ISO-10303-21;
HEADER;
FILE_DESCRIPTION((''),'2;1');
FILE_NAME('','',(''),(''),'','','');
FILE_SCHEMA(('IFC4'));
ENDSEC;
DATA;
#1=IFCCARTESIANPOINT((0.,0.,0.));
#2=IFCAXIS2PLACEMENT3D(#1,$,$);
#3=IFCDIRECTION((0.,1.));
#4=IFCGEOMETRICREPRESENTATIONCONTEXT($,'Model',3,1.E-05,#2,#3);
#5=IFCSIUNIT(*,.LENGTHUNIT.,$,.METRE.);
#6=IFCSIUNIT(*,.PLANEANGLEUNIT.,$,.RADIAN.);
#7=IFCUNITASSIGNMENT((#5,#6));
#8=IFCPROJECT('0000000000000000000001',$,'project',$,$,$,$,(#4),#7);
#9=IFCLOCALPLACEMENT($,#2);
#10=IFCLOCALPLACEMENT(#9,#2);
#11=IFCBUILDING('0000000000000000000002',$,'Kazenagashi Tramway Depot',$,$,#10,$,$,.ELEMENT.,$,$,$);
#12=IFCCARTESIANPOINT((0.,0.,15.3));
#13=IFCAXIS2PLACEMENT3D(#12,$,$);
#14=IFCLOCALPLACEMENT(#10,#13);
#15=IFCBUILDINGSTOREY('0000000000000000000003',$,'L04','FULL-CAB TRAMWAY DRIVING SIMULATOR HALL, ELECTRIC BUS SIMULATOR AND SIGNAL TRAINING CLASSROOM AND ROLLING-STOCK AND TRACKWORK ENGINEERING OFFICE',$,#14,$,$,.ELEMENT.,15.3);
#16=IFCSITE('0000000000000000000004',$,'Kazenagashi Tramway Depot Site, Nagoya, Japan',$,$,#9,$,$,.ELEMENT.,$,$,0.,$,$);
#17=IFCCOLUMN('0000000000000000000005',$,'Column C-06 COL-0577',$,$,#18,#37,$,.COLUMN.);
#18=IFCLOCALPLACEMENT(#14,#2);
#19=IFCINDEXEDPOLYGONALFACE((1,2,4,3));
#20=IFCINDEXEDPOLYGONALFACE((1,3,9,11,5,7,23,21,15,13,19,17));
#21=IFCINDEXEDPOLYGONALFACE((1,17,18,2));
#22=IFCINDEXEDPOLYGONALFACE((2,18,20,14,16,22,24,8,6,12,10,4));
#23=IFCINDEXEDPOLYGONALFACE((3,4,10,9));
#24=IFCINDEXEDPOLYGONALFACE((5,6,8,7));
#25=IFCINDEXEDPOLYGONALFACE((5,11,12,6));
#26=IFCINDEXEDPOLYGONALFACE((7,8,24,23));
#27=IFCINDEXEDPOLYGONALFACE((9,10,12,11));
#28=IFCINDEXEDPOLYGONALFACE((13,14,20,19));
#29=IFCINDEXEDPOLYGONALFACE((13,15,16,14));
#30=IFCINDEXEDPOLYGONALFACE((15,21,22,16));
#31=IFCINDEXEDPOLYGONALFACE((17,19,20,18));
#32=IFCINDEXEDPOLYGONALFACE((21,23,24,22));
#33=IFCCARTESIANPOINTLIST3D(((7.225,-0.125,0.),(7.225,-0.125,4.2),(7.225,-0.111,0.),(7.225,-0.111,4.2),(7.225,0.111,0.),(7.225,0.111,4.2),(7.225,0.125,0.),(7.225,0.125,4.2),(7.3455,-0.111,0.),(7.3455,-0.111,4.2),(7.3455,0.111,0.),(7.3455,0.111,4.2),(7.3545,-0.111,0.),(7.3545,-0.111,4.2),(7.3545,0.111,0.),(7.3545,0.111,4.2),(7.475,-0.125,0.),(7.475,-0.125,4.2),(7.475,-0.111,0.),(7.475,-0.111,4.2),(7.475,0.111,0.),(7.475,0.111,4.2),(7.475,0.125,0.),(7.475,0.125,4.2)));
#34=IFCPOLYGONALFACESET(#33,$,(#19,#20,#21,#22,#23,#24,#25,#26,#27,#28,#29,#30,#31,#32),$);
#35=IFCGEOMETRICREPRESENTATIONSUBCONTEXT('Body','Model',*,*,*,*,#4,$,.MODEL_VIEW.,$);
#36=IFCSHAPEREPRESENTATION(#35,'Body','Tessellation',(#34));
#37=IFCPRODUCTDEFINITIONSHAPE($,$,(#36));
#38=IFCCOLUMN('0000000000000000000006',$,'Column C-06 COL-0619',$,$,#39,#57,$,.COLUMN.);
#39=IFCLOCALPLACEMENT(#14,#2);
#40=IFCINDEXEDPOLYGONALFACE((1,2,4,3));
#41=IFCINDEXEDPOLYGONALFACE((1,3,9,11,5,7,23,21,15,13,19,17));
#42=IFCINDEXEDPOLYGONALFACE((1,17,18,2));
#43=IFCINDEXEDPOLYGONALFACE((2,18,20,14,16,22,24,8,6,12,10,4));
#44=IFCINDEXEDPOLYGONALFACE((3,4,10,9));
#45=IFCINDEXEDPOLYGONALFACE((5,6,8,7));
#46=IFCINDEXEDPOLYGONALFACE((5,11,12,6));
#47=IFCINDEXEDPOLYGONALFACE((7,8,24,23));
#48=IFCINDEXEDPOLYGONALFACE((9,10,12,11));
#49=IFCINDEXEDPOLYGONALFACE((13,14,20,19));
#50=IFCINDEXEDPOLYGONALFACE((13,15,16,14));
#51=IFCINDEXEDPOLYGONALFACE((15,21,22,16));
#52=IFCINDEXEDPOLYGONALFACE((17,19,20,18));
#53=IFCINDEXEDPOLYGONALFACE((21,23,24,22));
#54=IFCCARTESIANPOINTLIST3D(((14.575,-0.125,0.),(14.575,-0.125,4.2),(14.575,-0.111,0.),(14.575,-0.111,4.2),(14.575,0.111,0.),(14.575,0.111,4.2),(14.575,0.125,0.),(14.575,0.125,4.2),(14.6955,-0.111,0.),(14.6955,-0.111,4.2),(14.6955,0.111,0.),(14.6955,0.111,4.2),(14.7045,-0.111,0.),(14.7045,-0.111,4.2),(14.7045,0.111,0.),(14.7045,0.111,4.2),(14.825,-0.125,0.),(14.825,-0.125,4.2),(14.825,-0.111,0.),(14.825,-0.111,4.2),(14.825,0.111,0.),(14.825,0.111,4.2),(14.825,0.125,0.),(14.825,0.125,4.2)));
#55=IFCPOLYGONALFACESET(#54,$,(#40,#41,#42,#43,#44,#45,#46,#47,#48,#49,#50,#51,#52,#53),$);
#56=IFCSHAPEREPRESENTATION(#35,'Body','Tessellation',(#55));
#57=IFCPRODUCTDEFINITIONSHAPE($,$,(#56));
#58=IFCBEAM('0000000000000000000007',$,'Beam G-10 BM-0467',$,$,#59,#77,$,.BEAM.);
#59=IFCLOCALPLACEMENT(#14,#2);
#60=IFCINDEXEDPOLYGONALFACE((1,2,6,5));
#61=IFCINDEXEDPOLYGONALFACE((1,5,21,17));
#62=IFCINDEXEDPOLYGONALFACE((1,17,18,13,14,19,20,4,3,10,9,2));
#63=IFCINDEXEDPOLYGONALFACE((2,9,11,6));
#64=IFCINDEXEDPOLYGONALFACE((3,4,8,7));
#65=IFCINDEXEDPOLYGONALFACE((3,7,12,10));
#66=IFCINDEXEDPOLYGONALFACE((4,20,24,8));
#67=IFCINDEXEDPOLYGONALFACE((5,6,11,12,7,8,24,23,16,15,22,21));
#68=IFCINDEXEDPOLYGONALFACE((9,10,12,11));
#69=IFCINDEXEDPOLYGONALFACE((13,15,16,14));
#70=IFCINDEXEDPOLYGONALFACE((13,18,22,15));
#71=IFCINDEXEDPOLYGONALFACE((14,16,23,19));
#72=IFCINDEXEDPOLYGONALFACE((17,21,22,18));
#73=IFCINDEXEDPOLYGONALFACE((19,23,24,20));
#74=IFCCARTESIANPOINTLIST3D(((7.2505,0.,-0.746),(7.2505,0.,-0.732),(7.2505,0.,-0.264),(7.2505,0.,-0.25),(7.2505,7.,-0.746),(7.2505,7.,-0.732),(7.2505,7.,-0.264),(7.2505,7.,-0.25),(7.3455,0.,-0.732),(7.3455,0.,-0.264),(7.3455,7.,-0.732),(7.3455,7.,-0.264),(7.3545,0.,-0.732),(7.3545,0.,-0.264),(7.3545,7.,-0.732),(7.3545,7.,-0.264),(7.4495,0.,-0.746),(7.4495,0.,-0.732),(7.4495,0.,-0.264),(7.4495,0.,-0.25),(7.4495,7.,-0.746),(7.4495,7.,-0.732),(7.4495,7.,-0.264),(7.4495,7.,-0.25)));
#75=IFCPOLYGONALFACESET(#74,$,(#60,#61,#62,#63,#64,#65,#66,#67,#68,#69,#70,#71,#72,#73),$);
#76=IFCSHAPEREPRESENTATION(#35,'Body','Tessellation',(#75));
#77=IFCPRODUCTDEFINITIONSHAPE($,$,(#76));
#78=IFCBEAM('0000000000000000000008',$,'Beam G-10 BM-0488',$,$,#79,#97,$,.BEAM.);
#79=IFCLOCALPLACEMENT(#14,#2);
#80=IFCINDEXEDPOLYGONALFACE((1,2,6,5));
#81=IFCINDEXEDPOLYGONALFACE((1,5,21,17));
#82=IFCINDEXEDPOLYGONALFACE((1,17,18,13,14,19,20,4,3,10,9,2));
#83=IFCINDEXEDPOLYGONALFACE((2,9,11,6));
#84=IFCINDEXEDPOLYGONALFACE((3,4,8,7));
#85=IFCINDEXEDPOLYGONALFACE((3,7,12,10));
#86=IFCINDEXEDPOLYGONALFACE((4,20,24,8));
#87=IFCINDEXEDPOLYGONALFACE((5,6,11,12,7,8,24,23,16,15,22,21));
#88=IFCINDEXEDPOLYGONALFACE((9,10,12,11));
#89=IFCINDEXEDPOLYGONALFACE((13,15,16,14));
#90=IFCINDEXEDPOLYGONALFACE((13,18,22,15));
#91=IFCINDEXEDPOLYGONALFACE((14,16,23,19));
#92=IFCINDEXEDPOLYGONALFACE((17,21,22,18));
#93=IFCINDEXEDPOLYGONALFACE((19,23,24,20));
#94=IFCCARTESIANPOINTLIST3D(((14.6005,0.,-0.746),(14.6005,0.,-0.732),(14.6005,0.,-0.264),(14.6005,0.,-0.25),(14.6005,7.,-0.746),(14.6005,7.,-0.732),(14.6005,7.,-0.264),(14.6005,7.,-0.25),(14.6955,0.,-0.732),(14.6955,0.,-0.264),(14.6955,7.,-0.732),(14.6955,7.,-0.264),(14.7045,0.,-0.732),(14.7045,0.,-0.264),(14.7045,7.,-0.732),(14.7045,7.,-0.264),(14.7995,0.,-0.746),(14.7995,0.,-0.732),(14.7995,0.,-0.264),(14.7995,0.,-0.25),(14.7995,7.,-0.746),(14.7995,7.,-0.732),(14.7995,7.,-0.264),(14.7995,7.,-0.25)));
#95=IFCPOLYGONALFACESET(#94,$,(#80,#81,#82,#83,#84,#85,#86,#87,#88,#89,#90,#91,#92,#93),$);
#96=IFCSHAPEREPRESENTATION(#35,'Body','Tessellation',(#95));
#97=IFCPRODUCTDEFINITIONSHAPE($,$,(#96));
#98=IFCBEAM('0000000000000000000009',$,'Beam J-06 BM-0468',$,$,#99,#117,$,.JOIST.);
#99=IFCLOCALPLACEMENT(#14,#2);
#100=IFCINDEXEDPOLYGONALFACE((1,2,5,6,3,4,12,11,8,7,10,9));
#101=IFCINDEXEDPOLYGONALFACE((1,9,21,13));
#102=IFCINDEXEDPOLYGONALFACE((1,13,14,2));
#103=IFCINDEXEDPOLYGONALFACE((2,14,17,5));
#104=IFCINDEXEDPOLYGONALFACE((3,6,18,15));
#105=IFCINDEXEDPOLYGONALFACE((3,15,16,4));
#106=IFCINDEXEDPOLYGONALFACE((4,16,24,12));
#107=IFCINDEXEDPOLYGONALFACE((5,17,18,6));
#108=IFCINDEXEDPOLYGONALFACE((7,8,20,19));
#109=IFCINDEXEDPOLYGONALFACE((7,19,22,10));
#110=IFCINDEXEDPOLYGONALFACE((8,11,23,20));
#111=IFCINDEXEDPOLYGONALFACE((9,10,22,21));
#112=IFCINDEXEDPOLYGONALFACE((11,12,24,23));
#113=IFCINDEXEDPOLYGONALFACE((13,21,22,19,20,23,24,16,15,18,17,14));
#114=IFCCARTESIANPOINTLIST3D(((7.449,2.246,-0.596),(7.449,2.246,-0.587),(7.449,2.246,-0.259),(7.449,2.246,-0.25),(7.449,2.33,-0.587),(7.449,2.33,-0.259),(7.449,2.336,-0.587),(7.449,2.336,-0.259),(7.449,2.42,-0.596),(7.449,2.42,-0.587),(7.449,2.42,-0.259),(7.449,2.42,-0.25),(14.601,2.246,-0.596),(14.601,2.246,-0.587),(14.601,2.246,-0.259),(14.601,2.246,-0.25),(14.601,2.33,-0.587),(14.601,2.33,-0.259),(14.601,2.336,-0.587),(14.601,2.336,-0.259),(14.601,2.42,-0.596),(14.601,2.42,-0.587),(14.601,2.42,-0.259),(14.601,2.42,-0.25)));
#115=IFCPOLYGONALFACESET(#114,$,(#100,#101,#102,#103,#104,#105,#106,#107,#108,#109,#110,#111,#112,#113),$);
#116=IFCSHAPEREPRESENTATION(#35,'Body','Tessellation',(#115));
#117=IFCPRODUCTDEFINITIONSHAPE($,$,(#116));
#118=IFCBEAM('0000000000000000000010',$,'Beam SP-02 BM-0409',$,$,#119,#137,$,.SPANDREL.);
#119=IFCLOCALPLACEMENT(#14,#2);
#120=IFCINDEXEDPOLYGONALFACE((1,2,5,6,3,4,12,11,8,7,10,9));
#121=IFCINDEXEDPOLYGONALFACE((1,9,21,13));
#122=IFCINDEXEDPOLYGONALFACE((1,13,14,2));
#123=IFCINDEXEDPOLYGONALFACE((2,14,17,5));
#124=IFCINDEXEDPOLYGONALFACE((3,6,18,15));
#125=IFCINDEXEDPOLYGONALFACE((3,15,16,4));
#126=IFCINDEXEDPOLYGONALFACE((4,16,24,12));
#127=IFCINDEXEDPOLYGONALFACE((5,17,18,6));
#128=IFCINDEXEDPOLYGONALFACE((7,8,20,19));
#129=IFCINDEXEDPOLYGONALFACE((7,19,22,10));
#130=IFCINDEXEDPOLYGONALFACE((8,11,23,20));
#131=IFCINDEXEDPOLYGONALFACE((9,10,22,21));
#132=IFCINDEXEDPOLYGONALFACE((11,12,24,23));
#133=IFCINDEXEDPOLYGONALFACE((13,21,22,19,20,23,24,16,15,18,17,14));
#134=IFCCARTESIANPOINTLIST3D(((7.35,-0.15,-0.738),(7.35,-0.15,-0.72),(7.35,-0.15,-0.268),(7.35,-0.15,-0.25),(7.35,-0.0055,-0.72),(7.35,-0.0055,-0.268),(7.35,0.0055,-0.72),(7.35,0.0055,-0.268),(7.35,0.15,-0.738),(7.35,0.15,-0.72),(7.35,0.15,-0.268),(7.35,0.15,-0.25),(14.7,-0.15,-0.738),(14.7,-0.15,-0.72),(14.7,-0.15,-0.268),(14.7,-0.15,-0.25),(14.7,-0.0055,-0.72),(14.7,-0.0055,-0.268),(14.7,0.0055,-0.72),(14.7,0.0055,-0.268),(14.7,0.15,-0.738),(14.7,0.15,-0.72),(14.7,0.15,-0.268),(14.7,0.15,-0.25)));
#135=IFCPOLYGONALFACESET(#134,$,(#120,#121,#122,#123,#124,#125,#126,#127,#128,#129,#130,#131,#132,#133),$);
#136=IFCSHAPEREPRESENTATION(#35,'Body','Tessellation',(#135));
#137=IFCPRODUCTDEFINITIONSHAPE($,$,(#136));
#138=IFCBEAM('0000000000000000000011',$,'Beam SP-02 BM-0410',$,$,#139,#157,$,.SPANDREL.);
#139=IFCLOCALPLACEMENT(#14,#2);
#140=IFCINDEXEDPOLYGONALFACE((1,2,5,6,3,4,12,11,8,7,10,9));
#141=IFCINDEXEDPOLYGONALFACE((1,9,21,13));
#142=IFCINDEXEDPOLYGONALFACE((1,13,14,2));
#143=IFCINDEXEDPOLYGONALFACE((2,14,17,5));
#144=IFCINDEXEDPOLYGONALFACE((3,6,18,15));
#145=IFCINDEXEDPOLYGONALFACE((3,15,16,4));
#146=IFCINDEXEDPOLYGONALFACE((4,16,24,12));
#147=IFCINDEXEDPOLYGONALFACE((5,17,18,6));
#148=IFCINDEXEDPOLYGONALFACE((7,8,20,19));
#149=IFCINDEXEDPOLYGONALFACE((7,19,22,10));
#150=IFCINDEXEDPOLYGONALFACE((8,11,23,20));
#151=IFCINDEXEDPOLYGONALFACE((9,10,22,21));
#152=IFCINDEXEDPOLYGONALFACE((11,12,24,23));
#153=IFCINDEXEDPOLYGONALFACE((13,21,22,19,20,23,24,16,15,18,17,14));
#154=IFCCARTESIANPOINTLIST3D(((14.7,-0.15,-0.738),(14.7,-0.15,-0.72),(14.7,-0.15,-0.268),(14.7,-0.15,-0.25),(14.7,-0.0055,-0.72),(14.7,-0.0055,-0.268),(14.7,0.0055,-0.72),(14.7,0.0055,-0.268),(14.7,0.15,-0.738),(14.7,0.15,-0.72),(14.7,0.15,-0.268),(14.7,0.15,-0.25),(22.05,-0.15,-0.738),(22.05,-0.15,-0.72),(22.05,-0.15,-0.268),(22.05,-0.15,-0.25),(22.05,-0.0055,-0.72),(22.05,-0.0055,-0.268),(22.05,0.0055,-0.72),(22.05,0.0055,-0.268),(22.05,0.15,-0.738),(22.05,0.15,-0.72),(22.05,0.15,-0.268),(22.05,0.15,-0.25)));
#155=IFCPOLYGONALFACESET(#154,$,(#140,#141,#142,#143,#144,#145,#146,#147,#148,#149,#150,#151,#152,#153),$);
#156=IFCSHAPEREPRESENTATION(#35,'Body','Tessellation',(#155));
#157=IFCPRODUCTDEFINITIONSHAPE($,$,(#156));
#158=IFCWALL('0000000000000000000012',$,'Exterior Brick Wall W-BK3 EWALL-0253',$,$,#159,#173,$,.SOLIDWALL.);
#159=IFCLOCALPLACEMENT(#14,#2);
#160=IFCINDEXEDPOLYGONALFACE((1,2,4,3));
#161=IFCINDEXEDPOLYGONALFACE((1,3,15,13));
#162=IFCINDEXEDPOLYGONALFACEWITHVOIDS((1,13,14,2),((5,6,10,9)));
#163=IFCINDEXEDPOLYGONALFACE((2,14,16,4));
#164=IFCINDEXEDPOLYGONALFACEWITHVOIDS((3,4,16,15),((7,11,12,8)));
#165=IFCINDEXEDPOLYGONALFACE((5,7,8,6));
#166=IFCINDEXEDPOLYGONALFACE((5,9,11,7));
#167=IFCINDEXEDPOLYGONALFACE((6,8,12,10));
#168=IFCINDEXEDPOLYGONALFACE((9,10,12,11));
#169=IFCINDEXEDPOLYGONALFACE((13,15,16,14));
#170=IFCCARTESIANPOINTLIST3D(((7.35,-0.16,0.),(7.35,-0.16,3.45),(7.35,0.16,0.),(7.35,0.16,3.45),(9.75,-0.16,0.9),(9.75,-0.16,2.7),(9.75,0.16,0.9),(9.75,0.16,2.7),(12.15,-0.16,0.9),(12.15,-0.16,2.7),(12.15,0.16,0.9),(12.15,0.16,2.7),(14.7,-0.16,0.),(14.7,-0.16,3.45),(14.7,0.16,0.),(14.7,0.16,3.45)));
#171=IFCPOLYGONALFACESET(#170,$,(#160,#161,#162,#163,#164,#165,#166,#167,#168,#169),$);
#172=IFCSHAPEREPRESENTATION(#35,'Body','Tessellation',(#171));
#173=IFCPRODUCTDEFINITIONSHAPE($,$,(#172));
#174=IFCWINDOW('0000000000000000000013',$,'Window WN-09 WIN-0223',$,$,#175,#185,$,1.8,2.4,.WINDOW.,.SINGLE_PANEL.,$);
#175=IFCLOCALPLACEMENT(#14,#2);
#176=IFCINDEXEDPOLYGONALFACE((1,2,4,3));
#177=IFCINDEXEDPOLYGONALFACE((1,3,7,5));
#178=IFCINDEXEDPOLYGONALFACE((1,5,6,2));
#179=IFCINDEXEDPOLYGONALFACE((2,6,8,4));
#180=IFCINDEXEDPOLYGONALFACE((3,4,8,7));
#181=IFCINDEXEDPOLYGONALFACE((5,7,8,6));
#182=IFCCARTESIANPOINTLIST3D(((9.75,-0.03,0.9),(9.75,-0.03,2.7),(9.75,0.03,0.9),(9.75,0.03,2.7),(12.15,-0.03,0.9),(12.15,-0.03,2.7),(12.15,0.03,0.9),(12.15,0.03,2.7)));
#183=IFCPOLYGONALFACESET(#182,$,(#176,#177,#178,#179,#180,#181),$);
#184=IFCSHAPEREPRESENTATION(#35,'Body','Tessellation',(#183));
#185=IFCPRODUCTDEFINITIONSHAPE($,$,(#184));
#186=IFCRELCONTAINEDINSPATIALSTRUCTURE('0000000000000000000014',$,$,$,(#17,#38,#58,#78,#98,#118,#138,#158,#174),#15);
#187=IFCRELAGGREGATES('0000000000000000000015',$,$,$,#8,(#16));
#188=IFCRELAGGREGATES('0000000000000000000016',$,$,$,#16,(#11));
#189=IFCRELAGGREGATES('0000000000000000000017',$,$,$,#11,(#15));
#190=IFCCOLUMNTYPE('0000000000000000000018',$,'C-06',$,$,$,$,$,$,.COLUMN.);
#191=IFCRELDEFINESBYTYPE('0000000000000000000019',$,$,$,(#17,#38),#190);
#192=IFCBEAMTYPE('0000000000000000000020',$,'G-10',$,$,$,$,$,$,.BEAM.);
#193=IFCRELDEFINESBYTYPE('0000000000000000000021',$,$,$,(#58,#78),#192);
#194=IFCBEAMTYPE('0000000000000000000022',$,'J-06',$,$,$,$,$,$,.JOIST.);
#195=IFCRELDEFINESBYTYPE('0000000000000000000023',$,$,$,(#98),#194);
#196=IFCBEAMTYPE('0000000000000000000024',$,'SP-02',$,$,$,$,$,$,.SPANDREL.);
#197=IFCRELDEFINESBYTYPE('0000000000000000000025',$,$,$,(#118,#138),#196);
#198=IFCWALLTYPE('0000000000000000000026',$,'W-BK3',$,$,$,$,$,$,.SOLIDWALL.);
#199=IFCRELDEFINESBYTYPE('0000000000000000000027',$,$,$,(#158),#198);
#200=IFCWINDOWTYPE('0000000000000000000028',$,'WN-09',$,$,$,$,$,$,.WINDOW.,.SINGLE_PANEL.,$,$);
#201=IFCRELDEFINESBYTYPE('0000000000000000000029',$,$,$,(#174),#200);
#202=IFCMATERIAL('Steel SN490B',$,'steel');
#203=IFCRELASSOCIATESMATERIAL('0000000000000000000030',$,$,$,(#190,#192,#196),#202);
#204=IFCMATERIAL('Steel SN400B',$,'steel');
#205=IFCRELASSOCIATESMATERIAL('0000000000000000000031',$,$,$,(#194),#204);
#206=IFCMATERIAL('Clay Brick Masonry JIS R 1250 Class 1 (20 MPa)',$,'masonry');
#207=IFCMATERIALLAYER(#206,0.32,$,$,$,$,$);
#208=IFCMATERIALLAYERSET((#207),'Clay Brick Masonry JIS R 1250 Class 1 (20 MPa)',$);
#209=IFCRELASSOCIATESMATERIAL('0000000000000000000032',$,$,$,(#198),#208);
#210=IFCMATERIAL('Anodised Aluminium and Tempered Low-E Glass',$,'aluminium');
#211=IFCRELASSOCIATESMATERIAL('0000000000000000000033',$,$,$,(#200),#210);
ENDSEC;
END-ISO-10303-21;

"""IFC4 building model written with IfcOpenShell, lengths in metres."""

from ifc_helpers import new_model, si_unit, direction, frame, frame_2d, origin, origin_2d, place, context, subcontext, project, spatial, rectangle, i_section, extrude, material, layer, layer_set, material_profile, profile_set, type_object, element, fill, save


model = new_model("IFC4")

# Units and contexts
model_context = context("Model", 3, precision=1e-05, world=origin(), true_north=direction((0.0, 1.0)))
body_context = subcontext(model_context, "Body", "Model", "MODEL_VIEW")
ifc_project = project(units=[si_unit("LENGTHUNIT", "METRE"), si_unit("PLANEANGLEUNIT", "RADIAN")], contexts=[model_context])

# Site, building, storey
site_placement = place(None, origin())
site = spatial("IfcSite", under=ifc_project, at=site_placement, Name="Kazenagashi Tramway Depot Site, Nagoya, Japan", CompositionType="ELEMENT", RefElevation=0.0)
building_placement = place(site_placement, origin())
building = spatial("IfcBuilding", under=site, at=building_placement, Name="Kazenagashi Tramway Depot", CompositionType="ELEMENT")
storey_placement = place(building_placement, frame((0.0, 0.0, 15.3)))
storey = spatial("IfcBuildingStorey", under=building, at=storey_placement, Name="L04", Description="FULL-CAB TRAMWAY DRIVING SIMULATOR HALL, ELECTRIC BUS SIMULATOR AND SIGNAL TRAINING CLASSROOM AND ROLLING-STOCK AND TRACKWORK ENGINEERING OFFICE", CompositionType="ELEMENT", Elevation=15.3)

# Columns
ifc_material_1 = material(Name="Steel SN490B", Category="steel")
ifc_material_profile_1 = material_profile(ifc_material_1, i_section(OverallWidth=0.25, OverallDepth=0.25, WebThickness=0.009, FlangeThickness=0.014, at=origin_2d()), Name="H-250x250x9x14")
ifc_profile_set_1 = profile_set([ifc_material_profile_1], Name="Steel SN490B")
column_type = type_object("IfcColumnType", Name="C-06", PredefinedType="COLUMN", material=ifc_profile_set_1)
for number, where, z_axis, x_axis, name in (
    (1, (7.35, 0.0, 0.0), (0.0, 0.0, 1.0), (1.0, 0.0, 0.0), "Column C-06 COL-0577"),
    (2, (14.7, 0.0, 0.0), (0.0, 0.0, 1.0), (1.0, 0.0, 0.0), "Column C-06 COL-0619"),
):
    element("IfcColumn", number, at=place(storey_placement, frame(where, z_axis=z_axis, x_axis=x_axis)), inside=storey, type_object=column_type, Name=name, PredefinedType="COLUMN", context=body_context, shape_type="SweptSolid", body=[
        extrude(i_section(OverallWidth=0.25, OverallDepth=0.25, WebThickness=0.009, FlangeThickness=0.014, at=origin_2d()), origin(), (0.0, 0.0, 1.0), 4.2),
    ])

# Beams
ifc_material_profile_2 = material_profile(ifc_material_1, i_section(OverallWidth=0.199, OverallDepth=0.496, WebThickness=0.009, FlangeThickness=0.014, at=origin_2d()), Name="H-496x199x9x14")
ifc_profile_set_2 = profile_set([ifc_material_profile_2], Name="Steel SN490B")
beam_type_1 = type_object("IfcBeamType", Name="G-10", PredefinedType="BEAM", material=ifc_profile_set_2)
for number, where, z_axis, x_axis, name in (
    (3, (7.35, 0.0, -0.498), (0.0, 1.0, 0.0), (-1.0, 0.0, 0.0), "Beam G-10 BM-0467"),
    (4, (14.7, 0.0, -0.498), (0.0, 1.0, 0.0), (-1.0, 0.0, 0.0), "Beam G-10 BM-0488"),
):
    element("IfcBeam", number, at=place(storey_placement, frame(where, z_axis=z_axis, x_axis=x_axis)), inside=storey, type_object=beam_type_1, Name=name, PredefinedType="BEAM", context=body_context, shape_type="SweptSolid", body=[
        extrude(i_section(OverallWidth=0.199, OverallDepth=0.496, WebThickness=0.009, FlangeThickness=0.014, at=origin_2d()), origin(), (0.0, 0.0, 1.0), 7.0),
    ])
ifc_material_2 = material(Name="Steel SN400B", Category="steel")
ifc_material_profile_3 = material_profile(ifc_material_2, i_section(OverallWidth=0.174, OverallDepth=0.346, WebThickness=0.006, FlangeThickness=0.009, at=origin_2d()), Name="H-346x174x6x9")
ifc_profile_set_3 = profile_set([ifc_material_profile_3], Name="Steel SN400B")
beam_type_2 = type_object("IfcBeamType", Name="J-06", PredefinedType="JOIST", material=ifc_profile_set_3)
beam_placement = place(storey_placement, frame((7.449, 2.333, -0.423), z_axis=(1.0, 0.0, 0.0), x_axis=(0.0, 1.0, 0.0)))
element("IfcBeam", 5, at=beam_placement, inside=storey, type_object=beam_type_2, Name="Beam J-06 BM-0468", PredefinedType="JOIST", context=body_context, shape_type="SweptSolid", body=[
    extrude(i_section(OverallWidth=0.174, OverallDepth=0.346, WebThickness=0.006, FlangeThickness=0.009, at=origin_2d()), origin(), (0.0, 0.0, 1.0), 7.152),
])
ifc_material_profile_4 = material_profile(ifc_material_1, i_section(OverallWidth=0.3, OverallDepth=0.488, WebThickness=0.011, FlangeThickness=0.018, at=origin_2d()), Name="H-488x300x11x18")
ifc_profile_set_4 = profile_set([ifc_material_profile_4], Name="Steel SN490B")
beam_type_3 = type_object("IfcBeamType", Name="SP-02", PredefinedType="SPANDREL", material=ifc_profile_set_4)
for number, where, z_axis, x_axis, name in (
    (6, (7.35, 0.0, -0.494), (1.0, 0.0, 0.0), (0.0, 1.0, 0.0), "Beam SP-02 BM-0409"),
    (7, (14.7, 0.0, -0.494), (1.0, 0.0, 0.0), (0.0, 1.0, 0.0), "Beam SP-02 BM-0410"),
):
    element("IfcBeam", number, at=place(storey_placement, frame(where, z_axis=z_axis, x_axis=x_axis)), inside=storey, type_object=beam_type_3, Name=name, PredefinedType="SPANDREL", context=body_context, shape_type="SweptSolid", body=[
        extrude(i_section(OverallWidth=0.3, OverallDepth=0.488, WebThickness=0.011, FlangeThickness=0.018, at=origin_2d()), origin(), (0.0, 0.0, 1.0), 7.35),
    ])

# Wall, opening, window
ifc_material_3 = material(Name="Clay Brick Masonry JIS R 1250 Class 1 (20 MPa)", Category="masonry")
ifc_layer_1 = layer(ifc_material_3, 0.32)
ifc_layer_set_1 = layer_set([ifc_layer_1], Name="Clay Brick Masonry JIS R 1250 Class 1 (20 MPa)")
wall_type_1 = type_object("IfcWallType", Name="W-BK3", PredefinedType="SOLIDWALL", material=ifc_layer_set_1)
wall_1_placement = place(storey_placement, frame((7.35, 0.0, 0.0), z_axis=(0.0, 0.0, 1.0), x_axis=(1.0, 0.0, 0.0)))
wall_1 = element("IfcWall", 8, at=wall_1_placement, inside=storey, type_object=wall_type_1, Name="Exterior Brick Wall W-BK3 EWALL-0253", PredefinedType="SOLIDWALL", context=body_context, shape_type="SweptSolid", body=[
    extrude(rectangle(XDim=7.35, YDim=0.32, at=frame_2d((3.675, 0.0))), origin(), (0.0, 0.0, 1.0), 3.45),
])
opening_1_placement = place(wall_1_placement, frame((2.4, 0.0, 0.9)))
opening_1 = element("IfcOpeningElement", 9, at=opening_1_placement, cuts=wall_1, PredefinedType="OPENING", context=body_context, shape_type="SweptSolid", body=[
    extrude(rectangle(XDim=2.4, YDim=1.8, at=frame_2d((1.2, 0.9))), frame((0.0, 0.17, 0.0), z_axis=(0.0, -1.0, 0.0), x_axis=(1.0, 0.0, 0.0)), (0.0, 0.0, 1.0), 0.34),
])
ifc_material_4 = material(Name="Anodised Aluminium and Tempered Low-E Glass", Category="aluminium")
window_type_1 = type_object("IfcWindowType", Name="WN-09", PartitioningType="SINGLE_PANEL", PredefinedType="WINDOW", material=ifc_material_4)
window_1_placement = place(opening_1_placement, origin())
window_1 = element("IfcWindow", 10, at=window_1_placement, inside=storey, type_object=window_type_1, Name="Window WN-09 WIN-0223", OverallHeight=1.8, OverallWidth=2.4, PartitioningType="SINGLE_PANEL", PredefinedType="WINDOW", context=body_context, shape_type="SweptSolid", body=[
    extrude(rectangle(XDim=2.4, YDim=1.8, at=frame_2d((1.2, 0.9))), frame((0.0, 0.03, 0.0), z_axis=(0.0, -1.0, 0.0), x_axis=(1.0, 0.0, 0.0)), (0.0, 0.0, 1.0), 0.06),
])
fill(opening_1, window_1)

save(model, "model.ifc")
